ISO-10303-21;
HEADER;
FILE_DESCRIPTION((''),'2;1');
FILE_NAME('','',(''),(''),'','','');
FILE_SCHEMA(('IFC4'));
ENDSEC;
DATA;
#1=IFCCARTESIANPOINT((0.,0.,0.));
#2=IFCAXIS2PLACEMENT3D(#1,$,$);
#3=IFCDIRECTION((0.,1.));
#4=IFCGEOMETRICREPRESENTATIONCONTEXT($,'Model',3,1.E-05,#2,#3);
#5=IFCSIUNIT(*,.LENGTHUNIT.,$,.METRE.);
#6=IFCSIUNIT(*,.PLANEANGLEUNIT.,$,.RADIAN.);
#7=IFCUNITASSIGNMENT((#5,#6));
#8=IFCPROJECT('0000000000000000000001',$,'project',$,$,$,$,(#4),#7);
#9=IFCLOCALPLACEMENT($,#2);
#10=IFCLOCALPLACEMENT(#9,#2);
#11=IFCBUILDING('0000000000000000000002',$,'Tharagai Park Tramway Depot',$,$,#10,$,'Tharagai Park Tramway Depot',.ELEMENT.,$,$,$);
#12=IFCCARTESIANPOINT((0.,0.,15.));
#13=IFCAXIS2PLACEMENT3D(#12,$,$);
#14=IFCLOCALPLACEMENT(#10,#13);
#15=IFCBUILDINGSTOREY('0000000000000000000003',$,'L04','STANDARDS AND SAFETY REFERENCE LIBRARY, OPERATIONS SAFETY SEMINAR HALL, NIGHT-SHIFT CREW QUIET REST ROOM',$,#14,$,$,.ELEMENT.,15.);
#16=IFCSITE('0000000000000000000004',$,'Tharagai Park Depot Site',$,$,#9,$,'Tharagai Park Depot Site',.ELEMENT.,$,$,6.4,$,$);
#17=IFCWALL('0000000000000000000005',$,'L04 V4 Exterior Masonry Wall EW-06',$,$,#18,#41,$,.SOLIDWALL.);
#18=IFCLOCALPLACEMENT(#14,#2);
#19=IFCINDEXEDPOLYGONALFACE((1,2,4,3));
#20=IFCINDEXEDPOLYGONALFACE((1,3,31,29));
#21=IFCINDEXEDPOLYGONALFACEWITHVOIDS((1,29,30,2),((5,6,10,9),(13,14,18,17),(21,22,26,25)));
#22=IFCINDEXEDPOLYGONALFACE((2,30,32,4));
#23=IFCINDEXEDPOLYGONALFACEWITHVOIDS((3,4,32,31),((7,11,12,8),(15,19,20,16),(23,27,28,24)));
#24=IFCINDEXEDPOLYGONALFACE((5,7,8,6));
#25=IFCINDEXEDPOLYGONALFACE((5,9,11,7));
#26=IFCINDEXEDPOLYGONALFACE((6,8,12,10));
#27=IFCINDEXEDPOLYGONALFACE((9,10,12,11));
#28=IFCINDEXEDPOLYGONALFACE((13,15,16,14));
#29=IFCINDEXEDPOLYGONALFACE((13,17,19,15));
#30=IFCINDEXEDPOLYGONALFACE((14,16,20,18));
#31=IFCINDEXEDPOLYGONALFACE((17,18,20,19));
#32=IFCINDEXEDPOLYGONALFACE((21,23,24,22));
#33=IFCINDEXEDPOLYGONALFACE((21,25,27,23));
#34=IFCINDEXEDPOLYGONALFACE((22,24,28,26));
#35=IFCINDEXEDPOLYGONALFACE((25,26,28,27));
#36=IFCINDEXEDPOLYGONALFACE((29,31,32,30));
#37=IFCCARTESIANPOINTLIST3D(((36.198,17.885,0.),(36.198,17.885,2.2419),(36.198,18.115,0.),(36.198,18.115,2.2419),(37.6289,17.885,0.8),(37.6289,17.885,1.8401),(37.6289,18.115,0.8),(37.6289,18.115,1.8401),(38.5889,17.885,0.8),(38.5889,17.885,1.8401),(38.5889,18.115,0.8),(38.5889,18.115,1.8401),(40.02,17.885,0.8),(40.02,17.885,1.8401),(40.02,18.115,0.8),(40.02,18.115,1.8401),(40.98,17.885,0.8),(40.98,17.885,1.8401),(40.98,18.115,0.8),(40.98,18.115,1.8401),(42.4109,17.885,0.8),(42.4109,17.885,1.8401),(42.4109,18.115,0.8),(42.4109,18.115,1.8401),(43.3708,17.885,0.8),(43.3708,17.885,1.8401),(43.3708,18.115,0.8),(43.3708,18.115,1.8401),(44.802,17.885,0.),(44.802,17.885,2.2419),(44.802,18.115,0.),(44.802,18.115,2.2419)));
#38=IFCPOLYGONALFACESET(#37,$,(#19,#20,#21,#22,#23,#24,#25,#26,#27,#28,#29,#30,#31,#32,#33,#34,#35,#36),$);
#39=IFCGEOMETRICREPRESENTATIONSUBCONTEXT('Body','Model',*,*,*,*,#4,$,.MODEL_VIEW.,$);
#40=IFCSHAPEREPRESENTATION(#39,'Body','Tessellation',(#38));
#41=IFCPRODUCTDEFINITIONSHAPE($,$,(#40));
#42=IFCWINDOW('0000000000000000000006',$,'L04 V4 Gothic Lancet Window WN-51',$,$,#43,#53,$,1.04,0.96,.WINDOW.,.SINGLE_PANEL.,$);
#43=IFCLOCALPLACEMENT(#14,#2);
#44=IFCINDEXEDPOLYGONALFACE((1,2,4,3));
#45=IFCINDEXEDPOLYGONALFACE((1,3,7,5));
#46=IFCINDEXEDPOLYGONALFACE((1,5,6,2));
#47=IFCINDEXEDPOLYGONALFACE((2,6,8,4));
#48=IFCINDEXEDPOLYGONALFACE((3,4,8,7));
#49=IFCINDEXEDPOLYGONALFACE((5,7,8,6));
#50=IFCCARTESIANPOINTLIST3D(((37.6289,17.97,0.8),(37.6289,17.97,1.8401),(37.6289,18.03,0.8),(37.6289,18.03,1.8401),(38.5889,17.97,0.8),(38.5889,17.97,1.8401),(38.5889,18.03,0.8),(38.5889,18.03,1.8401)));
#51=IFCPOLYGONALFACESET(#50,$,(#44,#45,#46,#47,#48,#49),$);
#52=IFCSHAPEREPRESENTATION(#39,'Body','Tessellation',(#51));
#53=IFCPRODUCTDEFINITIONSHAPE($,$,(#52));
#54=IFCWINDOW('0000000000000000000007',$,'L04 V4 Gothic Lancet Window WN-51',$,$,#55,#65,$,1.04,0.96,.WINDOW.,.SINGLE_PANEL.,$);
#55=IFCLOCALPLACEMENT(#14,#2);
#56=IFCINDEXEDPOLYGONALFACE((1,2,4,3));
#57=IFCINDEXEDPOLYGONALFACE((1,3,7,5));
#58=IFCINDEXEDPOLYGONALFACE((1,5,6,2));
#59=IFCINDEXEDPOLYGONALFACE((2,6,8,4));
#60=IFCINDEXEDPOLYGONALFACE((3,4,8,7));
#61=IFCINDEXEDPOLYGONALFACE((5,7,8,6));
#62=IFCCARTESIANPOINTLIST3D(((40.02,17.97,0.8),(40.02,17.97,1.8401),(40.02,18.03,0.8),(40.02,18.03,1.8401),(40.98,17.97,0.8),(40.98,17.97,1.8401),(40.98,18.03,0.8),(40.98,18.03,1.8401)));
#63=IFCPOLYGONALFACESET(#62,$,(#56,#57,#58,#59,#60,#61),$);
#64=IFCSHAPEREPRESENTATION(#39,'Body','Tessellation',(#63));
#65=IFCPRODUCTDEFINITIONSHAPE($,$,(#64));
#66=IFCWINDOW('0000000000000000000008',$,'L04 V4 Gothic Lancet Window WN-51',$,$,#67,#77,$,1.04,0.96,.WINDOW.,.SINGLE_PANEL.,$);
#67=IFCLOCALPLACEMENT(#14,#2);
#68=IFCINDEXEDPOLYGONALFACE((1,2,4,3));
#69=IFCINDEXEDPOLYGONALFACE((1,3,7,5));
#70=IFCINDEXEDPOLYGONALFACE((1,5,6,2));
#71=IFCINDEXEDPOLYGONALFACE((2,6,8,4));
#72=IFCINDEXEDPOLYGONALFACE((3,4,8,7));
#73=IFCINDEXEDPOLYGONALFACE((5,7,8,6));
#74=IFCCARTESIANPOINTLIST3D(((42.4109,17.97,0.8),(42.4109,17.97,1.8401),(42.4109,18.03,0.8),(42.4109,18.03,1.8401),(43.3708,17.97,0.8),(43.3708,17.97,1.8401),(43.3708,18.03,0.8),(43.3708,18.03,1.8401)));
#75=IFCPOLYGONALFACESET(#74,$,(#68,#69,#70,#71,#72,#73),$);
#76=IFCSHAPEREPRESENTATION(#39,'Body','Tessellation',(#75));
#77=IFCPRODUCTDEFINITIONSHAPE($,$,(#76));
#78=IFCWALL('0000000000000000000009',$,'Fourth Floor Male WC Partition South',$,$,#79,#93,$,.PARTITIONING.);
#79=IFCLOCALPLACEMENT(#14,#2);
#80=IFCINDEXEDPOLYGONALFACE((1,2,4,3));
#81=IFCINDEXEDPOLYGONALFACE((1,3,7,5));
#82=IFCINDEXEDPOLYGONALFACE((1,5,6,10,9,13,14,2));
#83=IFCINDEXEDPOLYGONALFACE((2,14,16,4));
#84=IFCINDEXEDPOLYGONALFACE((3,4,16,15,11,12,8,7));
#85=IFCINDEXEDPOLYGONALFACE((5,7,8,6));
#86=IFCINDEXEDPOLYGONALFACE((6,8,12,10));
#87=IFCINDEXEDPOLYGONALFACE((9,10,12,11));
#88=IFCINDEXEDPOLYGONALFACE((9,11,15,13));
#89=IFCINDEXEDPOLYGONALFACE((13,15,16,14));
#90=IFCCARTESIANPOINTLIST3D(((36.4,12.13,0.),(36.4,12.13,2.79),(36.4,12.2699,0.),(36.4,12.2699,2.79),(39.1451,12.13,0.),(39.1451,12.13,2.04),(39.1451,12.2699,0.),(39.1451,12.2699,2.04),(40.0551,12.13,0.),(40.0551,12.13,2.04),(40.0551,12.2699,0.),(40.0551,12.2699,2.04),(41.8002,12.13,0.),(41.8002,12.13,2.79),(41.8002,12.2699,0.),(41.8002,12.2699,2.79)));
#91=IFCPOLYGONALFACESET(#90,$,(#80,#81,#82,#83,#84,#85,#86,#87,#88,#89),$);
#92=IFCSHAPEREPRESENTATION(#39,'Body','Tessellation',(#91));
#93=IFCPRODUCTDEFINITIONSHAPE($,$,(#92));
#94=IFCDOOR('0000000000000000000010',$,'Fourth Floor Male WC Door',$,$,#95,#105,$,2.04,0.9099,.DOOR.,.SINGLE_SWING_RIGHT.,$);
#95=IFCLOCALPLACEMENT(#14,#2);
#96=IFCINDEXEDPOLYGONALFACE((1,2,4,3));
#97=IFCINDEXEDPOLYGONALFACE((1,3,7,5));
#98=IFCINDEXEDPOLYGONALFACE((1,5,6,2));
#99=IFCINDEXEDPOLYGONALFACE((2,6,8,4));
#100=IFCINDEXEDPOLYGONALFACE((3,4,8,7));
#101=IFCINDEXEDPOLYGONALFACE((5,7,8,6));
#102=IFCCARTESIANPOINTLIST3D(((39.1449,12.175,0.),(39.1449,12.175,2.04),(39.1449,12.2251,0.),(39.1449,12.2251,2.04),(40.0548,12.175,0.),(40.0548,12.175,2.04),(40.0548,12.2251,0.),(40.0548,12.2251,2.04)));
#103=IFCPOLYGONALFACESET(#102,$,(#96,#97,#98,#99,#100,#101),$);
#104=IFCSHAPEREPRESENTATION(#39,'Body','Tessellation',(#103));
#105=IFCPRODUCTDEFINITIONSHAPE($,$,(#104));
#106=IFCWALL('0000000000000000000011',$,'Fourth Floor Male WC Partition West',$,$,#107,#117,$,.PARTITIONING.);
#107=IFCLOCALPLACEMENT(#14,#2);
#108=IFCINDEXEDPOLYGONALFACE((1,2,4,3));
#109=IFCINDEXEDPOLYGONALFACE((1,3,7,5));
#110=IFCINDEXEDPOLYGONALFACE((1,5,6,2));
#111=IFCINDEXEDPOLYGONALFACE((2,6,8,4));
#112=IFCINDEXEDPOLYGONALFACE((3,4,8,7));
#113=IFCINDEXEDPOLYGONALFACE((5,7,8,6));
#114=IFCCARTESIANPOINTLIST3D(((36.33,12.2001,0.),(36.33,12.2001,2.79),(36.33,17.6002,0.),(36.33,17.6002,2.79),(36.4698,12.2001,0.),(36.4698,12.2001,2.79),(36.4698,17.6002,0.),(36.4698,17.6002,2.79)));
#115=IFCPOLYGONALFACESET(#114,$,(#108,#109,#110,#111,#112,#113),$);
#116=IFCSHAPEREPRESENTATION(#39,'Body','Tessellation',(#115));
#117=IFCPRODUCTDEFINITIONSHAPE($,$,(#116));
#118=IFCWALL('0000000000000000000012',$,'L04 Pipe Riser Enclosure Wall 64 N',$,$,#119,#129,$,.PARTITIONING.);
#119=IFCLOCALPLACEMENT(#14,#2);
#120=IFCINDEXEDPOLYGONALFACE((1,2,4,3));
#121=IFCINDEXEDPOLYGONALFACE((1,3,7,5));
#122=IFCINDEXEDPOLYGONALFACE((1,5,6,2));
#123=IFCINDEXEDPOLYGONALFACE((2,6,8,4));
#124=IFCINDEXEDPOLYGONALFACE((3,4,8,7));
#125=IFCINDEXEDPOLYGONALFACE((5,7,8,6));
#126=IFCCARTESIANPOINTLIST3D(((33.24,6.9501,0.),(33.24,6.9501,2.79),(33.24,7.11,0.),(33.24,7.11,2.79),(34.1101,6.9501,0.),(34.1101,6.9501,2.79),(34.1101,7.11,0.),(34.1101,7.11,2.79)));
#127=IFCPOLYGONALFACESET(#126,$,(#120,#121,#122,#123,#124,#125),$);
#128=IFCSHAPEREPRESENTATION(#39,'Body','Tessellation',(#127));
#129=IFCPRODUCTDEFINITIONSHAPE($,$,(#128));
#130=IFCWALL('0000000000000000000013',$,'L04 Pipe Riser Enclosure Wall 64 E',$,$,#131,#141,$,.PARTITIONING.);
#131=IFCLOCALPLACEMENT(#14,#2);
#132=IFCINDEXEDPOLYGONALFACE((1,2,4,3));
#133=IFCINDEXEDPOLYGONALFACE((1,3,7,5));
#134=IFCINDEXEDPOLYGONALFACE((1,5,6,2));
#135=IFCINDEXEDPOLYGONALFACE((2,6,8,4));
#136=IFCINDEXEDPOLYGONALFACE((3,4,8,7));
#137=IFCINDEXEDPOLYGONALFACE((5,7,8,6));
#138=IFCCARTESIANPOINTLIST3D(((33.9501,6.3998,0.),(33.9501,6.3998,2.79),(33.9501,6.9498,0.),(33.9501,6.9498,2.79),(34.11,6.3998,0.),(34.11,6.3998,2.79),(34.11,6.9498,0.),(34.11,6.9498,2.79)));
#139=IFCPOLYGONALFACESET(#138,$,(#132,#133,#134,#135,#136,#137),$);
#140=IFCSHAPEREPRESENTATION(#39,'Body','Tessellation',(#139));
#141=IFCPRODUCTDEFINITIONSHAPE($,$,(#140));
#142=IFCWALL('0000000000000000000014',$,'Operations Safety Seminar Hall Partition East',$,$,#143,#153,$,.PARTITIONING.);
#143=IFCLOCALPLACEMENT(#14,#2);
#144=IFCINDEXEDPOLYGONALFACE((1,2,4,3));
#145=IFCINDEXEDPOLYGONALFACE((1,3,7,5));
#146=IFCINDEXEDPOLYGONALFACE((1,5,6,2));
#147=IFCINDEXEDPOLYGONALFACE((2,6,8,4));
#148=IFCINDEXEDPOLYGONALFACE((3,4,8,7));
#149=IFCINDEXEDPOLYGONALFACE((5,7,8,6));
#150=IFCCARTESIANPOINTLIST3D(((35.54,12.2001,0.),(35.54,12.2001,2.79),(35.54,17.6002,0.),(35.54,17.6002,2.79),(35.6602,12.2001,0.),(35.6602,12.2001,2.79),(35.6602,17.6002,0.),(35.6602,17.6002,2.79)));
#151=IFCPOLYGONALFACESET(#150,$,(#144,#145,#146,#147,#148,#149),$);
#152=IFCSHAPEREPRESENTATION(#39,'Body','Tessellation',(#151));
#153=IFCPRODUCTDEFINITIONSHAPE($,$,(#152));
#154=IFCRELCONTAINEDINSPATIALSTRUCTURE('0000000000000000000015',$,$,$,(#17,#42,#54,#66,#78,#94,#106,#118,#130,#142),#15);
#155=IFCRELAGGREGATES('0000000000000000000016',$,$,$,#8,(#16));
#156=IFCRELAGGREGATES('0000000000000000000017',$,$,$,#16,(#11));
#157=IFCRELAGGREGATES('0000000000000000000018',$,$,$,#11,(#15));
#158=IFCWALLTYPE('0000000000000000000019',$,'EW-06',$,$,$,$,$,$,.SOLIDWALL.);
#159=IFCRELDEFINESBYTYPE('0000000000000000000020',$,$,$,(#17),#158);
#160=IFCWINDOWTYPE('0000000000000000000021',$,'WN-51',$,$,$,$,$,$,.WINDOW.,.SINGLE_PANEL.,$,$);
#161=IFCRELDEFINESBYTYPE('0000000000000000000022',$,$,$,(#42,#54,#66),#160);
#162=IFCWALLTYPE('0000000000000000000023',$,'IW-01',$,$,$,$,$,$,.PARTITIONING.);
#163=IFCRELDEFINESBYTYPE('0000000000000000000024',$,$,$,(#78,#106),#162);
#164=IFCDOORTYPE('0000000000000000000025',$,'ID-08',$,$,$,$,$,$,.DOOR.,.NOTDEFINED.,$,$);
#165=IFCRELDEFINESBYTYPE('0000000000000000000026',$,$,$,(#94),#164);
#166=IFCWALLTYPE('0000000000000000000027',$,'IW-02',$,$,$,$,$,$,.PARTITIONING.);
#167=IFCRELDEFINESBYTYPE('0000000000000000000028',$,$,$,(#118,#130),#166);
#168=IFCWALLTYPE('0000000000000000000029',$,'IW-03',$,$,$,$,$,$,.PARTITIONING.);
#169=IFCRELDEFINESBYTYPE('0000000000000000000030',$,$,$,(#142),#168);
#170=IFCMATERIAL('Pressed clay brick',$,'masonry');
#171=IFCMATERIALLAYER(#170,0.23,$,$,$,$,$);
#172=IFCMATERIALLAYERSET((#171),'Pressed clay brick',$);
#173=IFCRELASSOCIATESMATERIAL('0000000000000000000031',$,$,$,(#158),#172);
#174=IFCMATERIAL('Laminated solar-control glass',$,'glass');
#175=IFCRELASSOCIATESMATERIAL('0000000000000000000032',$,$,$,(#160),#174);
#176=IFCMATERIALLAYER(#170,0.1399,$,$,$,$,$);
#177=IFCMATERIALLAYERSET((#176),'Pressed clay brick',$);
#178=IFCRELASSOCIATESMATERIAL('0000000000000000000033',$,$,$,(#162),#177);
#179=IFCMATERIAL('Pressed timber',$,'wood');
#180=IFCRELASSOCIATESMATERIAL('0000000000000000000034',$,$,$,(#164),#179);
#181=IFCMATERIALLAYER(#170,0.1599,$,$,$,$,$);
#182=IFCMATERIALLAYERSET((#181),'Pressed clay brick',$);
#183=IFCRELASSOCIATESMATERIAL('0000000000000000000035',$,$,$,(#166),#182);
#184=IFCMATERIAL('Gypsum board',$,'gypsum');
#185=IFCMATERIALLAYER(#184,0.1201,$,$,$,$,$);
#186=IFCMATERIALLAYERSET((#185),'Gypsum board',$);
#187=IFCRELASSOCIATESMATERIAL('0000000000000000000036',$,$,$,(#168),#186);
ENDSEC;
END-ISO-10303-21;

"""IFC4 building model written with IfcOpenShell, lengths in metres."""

from ifc_helpers import new_model, si_unit, direction, frame, frame_2d, origin, place, context, subcontext, project, spatial, rectangle, extrude, material, layer, layer_set, type_object, element, fill, save


model = new_model("IFC4")

# Units and contexts
model_context = context("Model", 3, precision=1e-05, world=origin(), true_north=direction((0.0, 1.0)))
body_context = subcontext(model_context, "Body", "Model", "MODEL_VIEW")
ifc_project = project(units=[si_unit("LENGTHUNIT", "METRE"), si_unit("PLANEANGLEUNIT", "RADIAN")], contexts=[model_context])

# Site, building, storey
site_placement = place(None, origin())
site = spatial("IfcSite", under=ifc_project, at=site_placement, Name="Tharagai Park Depot Site", LongName="Tharagai Park Depot Site", CompositionType="ELEMENT", RefElevation=6.4)
building_placement = place(site_placement, origin())
building = spatial("IfcBuilding", under=site, at=building_placement, Name="Tharagai Park Tramway Depot", LongName="Tharagai Park Tramway Depot", CompositionType="ELEMENT")
storey_placement = place(building_placement, frame((0.0, 0.0, 15.0)))
storey = spatial("IfcBuildingStorey", under=building, at=storey_placement, Name="L04", Description="STANDARDS AND SAFETY REFERENCE LIBRARY, OPERATIONS SAFETY SEMINAR HALL, NIGHT-SHIFT CREW QUIET REST ROOM", CompositionType="ELEMENT", Elevation=15.0)

# Wall, openings, windows
ifc_material_1 = material(Name="Pressed clay brick", Category="masonry")
ifc_layer_1 = layer(ifc_material_1, 0.23)
ifc_layer_set_1 = layer_set([ifc_layer_1], Name="Pressed clay brick")
wall_type_1 = type_object("IfcWallType", Name="EW-06", PredefinedType="SOLIDWALL", material=ifc_layer_set_1)
wall_1_placement = place(storey_placement, frame((36.198, 18.0, 0.0), z_axis=(0.0, 0.0, 1.0), x_axis=(1.0, 0.0, 0.0)))
wall_1 = element("IfcWall", 1, at=wall_1_placement, inside=storey, type_object=wall_type_1, Name="L04 V4 Exterior Masonry Wall EW-06", PredefinedType="SOLIDWALL", context=body_context, shape_type="SweptSolid", body=[
    extrude(rectangle(XDim=8.604, YDim=0.23, at=frame_2d((4.302, 0.0))), origin(), (0.0, 0.0, 1.0), 2.2419),
])
opening_1_placement = place(wall_1_placement, frame((1.4309, 0.0, 0.8)))
opening_1 = element("IfcOpeningElement", 2, at=opening_1_placement, cuts=wall_1, PredefinedType="OPENING", context=body_context, shape_type="SweptSolid", body=[
    extrude(rectangle(XDim=0.96, YDim=1.04, at=frame_2d((0.48, 0.52))), frame((0.0, 0.125, 0.0), z_axis=(0.0, -1.0, 0.0), x_axis=(1.0, 0.0, 0.0)), (0.0, 0.0, 1.0), 0.25),
])
opening_2_placement = place(wall_1_placement, frame((3.822, 0.0, 0.8)))
opening_2 = element("IfcOpeningElement", 3, at=opening_2_placement, cuts=wall_1, PredefinedType="OPENING", context=body_context, shape_type="SweptSolid", body=[
    extrude(rectangle(XDim=0.96, YDim=1.04, at=frame_2d((0.48, 0.52))), frame((0.0, 0.125, 0.0), z_axis=(0.0, -1.0, 0.0), x_axis=(1.0, 0.0, 0.0)), (0.0, 0.0, 1.0), 0.25),
])
opening_3_placement = place(wall_1_placement, frame((6.2129, 0.0, 0.8)))
opening_3 = element("IfcOpeningElement", 4, at=opening_3_placement, cuts=wall_1, PredefinedType="OPENING", context=body_context, shape_type="SweptSolid", body=[
    extrude(rectangle(XDim=0.96, YDim=1.04, at=frame_2d((0.48, 0.52))), frame((0.0, 0.125, 0.0), z_axis=(0.0, -1.0, 0.0), x_axis=(1.0, 0.0, 0.0)), (0.0, 0.0, 1.0), 0.25),
])
ifc_material_2 = material(Name="Laminated solar-control glass", Category="glass")
window_type = type_object("IfcWindowType", Name="WN-51", PartitioningType="SINGLE_PANEL", PredefinedType="WINDOW", material=ifc_material_2)
window_1_placement = place(opening_1_placement, origin())
window_1 = element("IfcWindow", 5, at=window_1_placement, inside=storey, type_object=window_type, Name="L04 V4 Gothic Lancet Window WN-51", OverallHeight=1.04, OverallWidth=0.96, PartitioningType="SINGLE_PANEL", PredefinedType="WINDOW", context=body_context, shape_type="SweptSolid", body=[
    extrude(rectangle(XDim=0.96, YDim=1.04, at=frame_2d((0.48, 0.52))), frame((0.0, 0.03, 0.0), z_axis=(0.0, -1.0, 0.0), x_axis=(1.0, 0.0, 0.0)), (0.0, 0.0, 1.0), 0.0601),
])
fill(opening_1, window_1)
window_2_placement = place(opening_2_placement, origin())
window_2 = element("IfcWindow", 6, at=window_2_placement, inside=storey, type_object=window_type, Name="L04 V4 Gothic Lancet Window WN-51", OverallHeight=1.04, OverallWidth=0.96, PartitioningType="SINGLE_PANEL", PredefinedType="WINDOW", context=body_context, shape_type="SweptSolid", body=[
    extrude(rectangle(XDim=0.96, YDim=1.04, at=frame_2d((0.48, 0.52))), frame((0.0, 0.03, 0.0), z_axis=(0.0, -1.0, 0.0), x_axis=(1.0, 0.0, 0.0)), (0.0, 0.0, 1.0), 0.0601),
])
fill(opening_2, window_2)
window_3_placement = place(opening_3_placement, origin())
window_3 = element("IfcWindow", 7, at=window_3_placement, inside=storey, type_object=window_type, Name="L04 V4 Gothic Lancet Window WN-51", OverallHeight=1.04, OverallWidth=0.96, PartitioningType="SINGLE_PANEL", PredefinedType="WINDOW", context=body_context, shape_type="SweptSolid", body=[
    extrude(rectangle(XDim=0.96, YDim=1.04, at=frame_2d((0.48, 0.52))), frame((0.0, 0.03, 0.0), z_axis=(0.0, -1.0, 0.0), x_axis=(1.0, 0.0, 0.0)), (0.0, 0.0, 1.0), 0.0601),
])
fill(opening_3, window_3)

# Wall, opening, door
ifc_layer_2 = layer(ifc_material_1, 0.1399)
ifc_layer_set_2 = layer_set([ifc_layer_2], Name="Pressed clay brick")
wall_type_2 = type_object("IfcWallType", Name="IW-01", PredefinedType="PARTITIONING", material=ifc_layer_set_2)
wall_2_placement = place(storey_placement, frame((36.3999, 12.2, 0.0), z_axis=(0.0, 0.0, 1.0), x_axis=(1.0, 0.0, 0.0)))
wall_2 = element("IfcWall", 8, at=wall_2_placement, inside=storey, type_object=wall_type_2, Name="Fourth Floor Male WC Partition South", PredefinedType="PARTITIONING", context=body_context, shape_type="SweptSolid", body=[
    extrude(rectangle(XDim=5.4001, YDim=0.1399, at=frame_2d((2.7002, 0.0))), origin(), (0.0, 0.0, 1.0), 2.79),
])
opening_4_placement = place(wall_2_placement, frame((2.7451, 0.0, 0.0)))
opening_4 = element("IfcOpeningElement", 9, at=opening_4_placement, cuts=wall_2, PredefinedType="OPENING", context=body_context, shape_type="SweptSolid", body=[
    extrude(rectangle(XDim=0.9099, YDim=2.04, at=frame_2d((0.4551, 1.02))), frame((0.0, 0.0798, 0.0), z_axis=(0.0, -1.0, 0.0), x_axis=(1.0, 0.0, 0.0)), (0.0, 0.0, 1.0), 0.1599),
])
ifc_material_3 = material(Name="Pressed timber", Category="wood")
door_type_1 = type_object("IfcDoorType", Name="ID-08", OperationType="NOTDEFINED", PredefinedType="DOOR", material=ifc_material_3)
door_1_placement = place(opening_4_placement, frame((0.9099, 0.0, 0.0), z_axis=(0.0, 0.0, 1.0), x_axis=(-1.0, 0.0, 0.0)))
door_1 = element("IfcDoor", 10, at=door_1_placement, inside=storey, type_object=door_type_1, Name="Fourth Floor Male WC Door", OperationType="SINGLE_SWING_RIGHT", OverallHeight=2.04, OverallWidth=0.9099, PredefinedType="DOOR", context=body_context, shape_type="SweptSolid", body=[
    extrude(rectangle(XDim=0.9099, YDim=2.04, at=frame_2d((0.4551, 1.02))), frame((0.0, 0.0249, 0.0), z_axis=(0.0, -1.0, 0.0), x_axis=(1.0, 0.0, 0.0)), (0.0, 0.0, 1.0), 0.05),
])
fill(opening_4, door_1)

# Walls
wall_3_placement = place(storey_placement, frame((36.3999, 12.2, 0.0), z_axis=(0.0, 0.0, 1.0), x_axis=(0.0, 1.0, 0.0)))
element("IfcWall", 11, at=wall_3_placement, inside=storey, type_object=wall_type_2, Name="Fourth Floor Male WC Partition West", PredefinedType="PARTITIONING", context=body_context, shape_type="SweptSolid", body=[
    extrude(rectangle(XDim=5.4001, YDim=0.1399, at=frame_2d((2.7002, 0.0))), origin(), (0.0, 0.0, 1.0), 2.79),
])
ifc_layer_3 = layer(ifc_material_1, 0.1599)
ifc_layer_set_3 = layer_set([ifc_layer_3], Name="Pressed clay brick")
wall_type_3 = type_object("IfcWallType", Name="IW-02", PredefinedType="PARTITIONING", material=ifc_layer_set_3)
wall_4_placement = place(storey_placement, frame((33.24, 7.03, 0.0), z_axis=(0.0, 0.0, 1.0), x_axis=(1.0, 0.0, 0.0)))
element("IfcWall", 12, at=wall_4_placement, inside=storey, type_object=wall_type_3, Name="L04 Pipe Riser Enclosure Wall 64 N", PredefinedType="PARTITIONING", context=body_context, shape_type="SweptSolid", body=[
    extrude(rectangle(XDim=0.8701, YDim=0.1599, at=frame_2d((0.4351, 0.0))), origin(), (0.0, 0.0, 1.0), 2.79),
])
wall_5_placement = place(storey_placement, frame((34.03, 6.3999, 0.0), z_axis=(0.0, 0.0, 1.0), x_axis=(0.0, 1.0, 0.0)))
element("IfcWall", 13, at=wall_5_placement, inside=storey, type_object=wall_type_3, Name="L04 Pipe Riser Enclosure Wall 64 E", PredefinedType="PARTITIONING", context=body_context, shape_type="SweptSolid", body=[
    extrude(rectangle(XDim=0.55, YDim=0.1599, at=frame_2d((0.2749, 0.0))), origin(), (0.0, 0.0, 1.0), 2.79),
])
ifc_material_4 = material(Name="Gypsum board", Category="gypsum")
ifc_layer_4 = layer(ifc_material_4, 0.1201)
ifc_layer_set_4 = layer_set([ifc_layer_4], Name="Gypsum board")
wall_type_4 = type_object("IfcWallType", Name="IW-03", PredefinedType="PARTITIONING", material=ifc_layer_set_4)
wall_6_placement = place(storey_placement, frame((35.6001, 12.2, 0.0), z_axis=(0.0, 0.0, 1.0), x_axis=(0.0, 1.0, 0.0)))
element("IfcWall", 14, at=wall_6_placement, inside=storey, type_object=wall_type_4, Name="Operations Safety Seminar Hall Partition East", PredefinedType="PARTITIONING", context=body_context, shape_type="SweptSolid", body=[
    extrude(rectangle(XDim=5.4001, YDim=0.1201, at=frame_2d((2.7002, 0.0))), origin(), (0.0, 0.0, 1.0), 2.79),
])

save(model, "model.ifc")
